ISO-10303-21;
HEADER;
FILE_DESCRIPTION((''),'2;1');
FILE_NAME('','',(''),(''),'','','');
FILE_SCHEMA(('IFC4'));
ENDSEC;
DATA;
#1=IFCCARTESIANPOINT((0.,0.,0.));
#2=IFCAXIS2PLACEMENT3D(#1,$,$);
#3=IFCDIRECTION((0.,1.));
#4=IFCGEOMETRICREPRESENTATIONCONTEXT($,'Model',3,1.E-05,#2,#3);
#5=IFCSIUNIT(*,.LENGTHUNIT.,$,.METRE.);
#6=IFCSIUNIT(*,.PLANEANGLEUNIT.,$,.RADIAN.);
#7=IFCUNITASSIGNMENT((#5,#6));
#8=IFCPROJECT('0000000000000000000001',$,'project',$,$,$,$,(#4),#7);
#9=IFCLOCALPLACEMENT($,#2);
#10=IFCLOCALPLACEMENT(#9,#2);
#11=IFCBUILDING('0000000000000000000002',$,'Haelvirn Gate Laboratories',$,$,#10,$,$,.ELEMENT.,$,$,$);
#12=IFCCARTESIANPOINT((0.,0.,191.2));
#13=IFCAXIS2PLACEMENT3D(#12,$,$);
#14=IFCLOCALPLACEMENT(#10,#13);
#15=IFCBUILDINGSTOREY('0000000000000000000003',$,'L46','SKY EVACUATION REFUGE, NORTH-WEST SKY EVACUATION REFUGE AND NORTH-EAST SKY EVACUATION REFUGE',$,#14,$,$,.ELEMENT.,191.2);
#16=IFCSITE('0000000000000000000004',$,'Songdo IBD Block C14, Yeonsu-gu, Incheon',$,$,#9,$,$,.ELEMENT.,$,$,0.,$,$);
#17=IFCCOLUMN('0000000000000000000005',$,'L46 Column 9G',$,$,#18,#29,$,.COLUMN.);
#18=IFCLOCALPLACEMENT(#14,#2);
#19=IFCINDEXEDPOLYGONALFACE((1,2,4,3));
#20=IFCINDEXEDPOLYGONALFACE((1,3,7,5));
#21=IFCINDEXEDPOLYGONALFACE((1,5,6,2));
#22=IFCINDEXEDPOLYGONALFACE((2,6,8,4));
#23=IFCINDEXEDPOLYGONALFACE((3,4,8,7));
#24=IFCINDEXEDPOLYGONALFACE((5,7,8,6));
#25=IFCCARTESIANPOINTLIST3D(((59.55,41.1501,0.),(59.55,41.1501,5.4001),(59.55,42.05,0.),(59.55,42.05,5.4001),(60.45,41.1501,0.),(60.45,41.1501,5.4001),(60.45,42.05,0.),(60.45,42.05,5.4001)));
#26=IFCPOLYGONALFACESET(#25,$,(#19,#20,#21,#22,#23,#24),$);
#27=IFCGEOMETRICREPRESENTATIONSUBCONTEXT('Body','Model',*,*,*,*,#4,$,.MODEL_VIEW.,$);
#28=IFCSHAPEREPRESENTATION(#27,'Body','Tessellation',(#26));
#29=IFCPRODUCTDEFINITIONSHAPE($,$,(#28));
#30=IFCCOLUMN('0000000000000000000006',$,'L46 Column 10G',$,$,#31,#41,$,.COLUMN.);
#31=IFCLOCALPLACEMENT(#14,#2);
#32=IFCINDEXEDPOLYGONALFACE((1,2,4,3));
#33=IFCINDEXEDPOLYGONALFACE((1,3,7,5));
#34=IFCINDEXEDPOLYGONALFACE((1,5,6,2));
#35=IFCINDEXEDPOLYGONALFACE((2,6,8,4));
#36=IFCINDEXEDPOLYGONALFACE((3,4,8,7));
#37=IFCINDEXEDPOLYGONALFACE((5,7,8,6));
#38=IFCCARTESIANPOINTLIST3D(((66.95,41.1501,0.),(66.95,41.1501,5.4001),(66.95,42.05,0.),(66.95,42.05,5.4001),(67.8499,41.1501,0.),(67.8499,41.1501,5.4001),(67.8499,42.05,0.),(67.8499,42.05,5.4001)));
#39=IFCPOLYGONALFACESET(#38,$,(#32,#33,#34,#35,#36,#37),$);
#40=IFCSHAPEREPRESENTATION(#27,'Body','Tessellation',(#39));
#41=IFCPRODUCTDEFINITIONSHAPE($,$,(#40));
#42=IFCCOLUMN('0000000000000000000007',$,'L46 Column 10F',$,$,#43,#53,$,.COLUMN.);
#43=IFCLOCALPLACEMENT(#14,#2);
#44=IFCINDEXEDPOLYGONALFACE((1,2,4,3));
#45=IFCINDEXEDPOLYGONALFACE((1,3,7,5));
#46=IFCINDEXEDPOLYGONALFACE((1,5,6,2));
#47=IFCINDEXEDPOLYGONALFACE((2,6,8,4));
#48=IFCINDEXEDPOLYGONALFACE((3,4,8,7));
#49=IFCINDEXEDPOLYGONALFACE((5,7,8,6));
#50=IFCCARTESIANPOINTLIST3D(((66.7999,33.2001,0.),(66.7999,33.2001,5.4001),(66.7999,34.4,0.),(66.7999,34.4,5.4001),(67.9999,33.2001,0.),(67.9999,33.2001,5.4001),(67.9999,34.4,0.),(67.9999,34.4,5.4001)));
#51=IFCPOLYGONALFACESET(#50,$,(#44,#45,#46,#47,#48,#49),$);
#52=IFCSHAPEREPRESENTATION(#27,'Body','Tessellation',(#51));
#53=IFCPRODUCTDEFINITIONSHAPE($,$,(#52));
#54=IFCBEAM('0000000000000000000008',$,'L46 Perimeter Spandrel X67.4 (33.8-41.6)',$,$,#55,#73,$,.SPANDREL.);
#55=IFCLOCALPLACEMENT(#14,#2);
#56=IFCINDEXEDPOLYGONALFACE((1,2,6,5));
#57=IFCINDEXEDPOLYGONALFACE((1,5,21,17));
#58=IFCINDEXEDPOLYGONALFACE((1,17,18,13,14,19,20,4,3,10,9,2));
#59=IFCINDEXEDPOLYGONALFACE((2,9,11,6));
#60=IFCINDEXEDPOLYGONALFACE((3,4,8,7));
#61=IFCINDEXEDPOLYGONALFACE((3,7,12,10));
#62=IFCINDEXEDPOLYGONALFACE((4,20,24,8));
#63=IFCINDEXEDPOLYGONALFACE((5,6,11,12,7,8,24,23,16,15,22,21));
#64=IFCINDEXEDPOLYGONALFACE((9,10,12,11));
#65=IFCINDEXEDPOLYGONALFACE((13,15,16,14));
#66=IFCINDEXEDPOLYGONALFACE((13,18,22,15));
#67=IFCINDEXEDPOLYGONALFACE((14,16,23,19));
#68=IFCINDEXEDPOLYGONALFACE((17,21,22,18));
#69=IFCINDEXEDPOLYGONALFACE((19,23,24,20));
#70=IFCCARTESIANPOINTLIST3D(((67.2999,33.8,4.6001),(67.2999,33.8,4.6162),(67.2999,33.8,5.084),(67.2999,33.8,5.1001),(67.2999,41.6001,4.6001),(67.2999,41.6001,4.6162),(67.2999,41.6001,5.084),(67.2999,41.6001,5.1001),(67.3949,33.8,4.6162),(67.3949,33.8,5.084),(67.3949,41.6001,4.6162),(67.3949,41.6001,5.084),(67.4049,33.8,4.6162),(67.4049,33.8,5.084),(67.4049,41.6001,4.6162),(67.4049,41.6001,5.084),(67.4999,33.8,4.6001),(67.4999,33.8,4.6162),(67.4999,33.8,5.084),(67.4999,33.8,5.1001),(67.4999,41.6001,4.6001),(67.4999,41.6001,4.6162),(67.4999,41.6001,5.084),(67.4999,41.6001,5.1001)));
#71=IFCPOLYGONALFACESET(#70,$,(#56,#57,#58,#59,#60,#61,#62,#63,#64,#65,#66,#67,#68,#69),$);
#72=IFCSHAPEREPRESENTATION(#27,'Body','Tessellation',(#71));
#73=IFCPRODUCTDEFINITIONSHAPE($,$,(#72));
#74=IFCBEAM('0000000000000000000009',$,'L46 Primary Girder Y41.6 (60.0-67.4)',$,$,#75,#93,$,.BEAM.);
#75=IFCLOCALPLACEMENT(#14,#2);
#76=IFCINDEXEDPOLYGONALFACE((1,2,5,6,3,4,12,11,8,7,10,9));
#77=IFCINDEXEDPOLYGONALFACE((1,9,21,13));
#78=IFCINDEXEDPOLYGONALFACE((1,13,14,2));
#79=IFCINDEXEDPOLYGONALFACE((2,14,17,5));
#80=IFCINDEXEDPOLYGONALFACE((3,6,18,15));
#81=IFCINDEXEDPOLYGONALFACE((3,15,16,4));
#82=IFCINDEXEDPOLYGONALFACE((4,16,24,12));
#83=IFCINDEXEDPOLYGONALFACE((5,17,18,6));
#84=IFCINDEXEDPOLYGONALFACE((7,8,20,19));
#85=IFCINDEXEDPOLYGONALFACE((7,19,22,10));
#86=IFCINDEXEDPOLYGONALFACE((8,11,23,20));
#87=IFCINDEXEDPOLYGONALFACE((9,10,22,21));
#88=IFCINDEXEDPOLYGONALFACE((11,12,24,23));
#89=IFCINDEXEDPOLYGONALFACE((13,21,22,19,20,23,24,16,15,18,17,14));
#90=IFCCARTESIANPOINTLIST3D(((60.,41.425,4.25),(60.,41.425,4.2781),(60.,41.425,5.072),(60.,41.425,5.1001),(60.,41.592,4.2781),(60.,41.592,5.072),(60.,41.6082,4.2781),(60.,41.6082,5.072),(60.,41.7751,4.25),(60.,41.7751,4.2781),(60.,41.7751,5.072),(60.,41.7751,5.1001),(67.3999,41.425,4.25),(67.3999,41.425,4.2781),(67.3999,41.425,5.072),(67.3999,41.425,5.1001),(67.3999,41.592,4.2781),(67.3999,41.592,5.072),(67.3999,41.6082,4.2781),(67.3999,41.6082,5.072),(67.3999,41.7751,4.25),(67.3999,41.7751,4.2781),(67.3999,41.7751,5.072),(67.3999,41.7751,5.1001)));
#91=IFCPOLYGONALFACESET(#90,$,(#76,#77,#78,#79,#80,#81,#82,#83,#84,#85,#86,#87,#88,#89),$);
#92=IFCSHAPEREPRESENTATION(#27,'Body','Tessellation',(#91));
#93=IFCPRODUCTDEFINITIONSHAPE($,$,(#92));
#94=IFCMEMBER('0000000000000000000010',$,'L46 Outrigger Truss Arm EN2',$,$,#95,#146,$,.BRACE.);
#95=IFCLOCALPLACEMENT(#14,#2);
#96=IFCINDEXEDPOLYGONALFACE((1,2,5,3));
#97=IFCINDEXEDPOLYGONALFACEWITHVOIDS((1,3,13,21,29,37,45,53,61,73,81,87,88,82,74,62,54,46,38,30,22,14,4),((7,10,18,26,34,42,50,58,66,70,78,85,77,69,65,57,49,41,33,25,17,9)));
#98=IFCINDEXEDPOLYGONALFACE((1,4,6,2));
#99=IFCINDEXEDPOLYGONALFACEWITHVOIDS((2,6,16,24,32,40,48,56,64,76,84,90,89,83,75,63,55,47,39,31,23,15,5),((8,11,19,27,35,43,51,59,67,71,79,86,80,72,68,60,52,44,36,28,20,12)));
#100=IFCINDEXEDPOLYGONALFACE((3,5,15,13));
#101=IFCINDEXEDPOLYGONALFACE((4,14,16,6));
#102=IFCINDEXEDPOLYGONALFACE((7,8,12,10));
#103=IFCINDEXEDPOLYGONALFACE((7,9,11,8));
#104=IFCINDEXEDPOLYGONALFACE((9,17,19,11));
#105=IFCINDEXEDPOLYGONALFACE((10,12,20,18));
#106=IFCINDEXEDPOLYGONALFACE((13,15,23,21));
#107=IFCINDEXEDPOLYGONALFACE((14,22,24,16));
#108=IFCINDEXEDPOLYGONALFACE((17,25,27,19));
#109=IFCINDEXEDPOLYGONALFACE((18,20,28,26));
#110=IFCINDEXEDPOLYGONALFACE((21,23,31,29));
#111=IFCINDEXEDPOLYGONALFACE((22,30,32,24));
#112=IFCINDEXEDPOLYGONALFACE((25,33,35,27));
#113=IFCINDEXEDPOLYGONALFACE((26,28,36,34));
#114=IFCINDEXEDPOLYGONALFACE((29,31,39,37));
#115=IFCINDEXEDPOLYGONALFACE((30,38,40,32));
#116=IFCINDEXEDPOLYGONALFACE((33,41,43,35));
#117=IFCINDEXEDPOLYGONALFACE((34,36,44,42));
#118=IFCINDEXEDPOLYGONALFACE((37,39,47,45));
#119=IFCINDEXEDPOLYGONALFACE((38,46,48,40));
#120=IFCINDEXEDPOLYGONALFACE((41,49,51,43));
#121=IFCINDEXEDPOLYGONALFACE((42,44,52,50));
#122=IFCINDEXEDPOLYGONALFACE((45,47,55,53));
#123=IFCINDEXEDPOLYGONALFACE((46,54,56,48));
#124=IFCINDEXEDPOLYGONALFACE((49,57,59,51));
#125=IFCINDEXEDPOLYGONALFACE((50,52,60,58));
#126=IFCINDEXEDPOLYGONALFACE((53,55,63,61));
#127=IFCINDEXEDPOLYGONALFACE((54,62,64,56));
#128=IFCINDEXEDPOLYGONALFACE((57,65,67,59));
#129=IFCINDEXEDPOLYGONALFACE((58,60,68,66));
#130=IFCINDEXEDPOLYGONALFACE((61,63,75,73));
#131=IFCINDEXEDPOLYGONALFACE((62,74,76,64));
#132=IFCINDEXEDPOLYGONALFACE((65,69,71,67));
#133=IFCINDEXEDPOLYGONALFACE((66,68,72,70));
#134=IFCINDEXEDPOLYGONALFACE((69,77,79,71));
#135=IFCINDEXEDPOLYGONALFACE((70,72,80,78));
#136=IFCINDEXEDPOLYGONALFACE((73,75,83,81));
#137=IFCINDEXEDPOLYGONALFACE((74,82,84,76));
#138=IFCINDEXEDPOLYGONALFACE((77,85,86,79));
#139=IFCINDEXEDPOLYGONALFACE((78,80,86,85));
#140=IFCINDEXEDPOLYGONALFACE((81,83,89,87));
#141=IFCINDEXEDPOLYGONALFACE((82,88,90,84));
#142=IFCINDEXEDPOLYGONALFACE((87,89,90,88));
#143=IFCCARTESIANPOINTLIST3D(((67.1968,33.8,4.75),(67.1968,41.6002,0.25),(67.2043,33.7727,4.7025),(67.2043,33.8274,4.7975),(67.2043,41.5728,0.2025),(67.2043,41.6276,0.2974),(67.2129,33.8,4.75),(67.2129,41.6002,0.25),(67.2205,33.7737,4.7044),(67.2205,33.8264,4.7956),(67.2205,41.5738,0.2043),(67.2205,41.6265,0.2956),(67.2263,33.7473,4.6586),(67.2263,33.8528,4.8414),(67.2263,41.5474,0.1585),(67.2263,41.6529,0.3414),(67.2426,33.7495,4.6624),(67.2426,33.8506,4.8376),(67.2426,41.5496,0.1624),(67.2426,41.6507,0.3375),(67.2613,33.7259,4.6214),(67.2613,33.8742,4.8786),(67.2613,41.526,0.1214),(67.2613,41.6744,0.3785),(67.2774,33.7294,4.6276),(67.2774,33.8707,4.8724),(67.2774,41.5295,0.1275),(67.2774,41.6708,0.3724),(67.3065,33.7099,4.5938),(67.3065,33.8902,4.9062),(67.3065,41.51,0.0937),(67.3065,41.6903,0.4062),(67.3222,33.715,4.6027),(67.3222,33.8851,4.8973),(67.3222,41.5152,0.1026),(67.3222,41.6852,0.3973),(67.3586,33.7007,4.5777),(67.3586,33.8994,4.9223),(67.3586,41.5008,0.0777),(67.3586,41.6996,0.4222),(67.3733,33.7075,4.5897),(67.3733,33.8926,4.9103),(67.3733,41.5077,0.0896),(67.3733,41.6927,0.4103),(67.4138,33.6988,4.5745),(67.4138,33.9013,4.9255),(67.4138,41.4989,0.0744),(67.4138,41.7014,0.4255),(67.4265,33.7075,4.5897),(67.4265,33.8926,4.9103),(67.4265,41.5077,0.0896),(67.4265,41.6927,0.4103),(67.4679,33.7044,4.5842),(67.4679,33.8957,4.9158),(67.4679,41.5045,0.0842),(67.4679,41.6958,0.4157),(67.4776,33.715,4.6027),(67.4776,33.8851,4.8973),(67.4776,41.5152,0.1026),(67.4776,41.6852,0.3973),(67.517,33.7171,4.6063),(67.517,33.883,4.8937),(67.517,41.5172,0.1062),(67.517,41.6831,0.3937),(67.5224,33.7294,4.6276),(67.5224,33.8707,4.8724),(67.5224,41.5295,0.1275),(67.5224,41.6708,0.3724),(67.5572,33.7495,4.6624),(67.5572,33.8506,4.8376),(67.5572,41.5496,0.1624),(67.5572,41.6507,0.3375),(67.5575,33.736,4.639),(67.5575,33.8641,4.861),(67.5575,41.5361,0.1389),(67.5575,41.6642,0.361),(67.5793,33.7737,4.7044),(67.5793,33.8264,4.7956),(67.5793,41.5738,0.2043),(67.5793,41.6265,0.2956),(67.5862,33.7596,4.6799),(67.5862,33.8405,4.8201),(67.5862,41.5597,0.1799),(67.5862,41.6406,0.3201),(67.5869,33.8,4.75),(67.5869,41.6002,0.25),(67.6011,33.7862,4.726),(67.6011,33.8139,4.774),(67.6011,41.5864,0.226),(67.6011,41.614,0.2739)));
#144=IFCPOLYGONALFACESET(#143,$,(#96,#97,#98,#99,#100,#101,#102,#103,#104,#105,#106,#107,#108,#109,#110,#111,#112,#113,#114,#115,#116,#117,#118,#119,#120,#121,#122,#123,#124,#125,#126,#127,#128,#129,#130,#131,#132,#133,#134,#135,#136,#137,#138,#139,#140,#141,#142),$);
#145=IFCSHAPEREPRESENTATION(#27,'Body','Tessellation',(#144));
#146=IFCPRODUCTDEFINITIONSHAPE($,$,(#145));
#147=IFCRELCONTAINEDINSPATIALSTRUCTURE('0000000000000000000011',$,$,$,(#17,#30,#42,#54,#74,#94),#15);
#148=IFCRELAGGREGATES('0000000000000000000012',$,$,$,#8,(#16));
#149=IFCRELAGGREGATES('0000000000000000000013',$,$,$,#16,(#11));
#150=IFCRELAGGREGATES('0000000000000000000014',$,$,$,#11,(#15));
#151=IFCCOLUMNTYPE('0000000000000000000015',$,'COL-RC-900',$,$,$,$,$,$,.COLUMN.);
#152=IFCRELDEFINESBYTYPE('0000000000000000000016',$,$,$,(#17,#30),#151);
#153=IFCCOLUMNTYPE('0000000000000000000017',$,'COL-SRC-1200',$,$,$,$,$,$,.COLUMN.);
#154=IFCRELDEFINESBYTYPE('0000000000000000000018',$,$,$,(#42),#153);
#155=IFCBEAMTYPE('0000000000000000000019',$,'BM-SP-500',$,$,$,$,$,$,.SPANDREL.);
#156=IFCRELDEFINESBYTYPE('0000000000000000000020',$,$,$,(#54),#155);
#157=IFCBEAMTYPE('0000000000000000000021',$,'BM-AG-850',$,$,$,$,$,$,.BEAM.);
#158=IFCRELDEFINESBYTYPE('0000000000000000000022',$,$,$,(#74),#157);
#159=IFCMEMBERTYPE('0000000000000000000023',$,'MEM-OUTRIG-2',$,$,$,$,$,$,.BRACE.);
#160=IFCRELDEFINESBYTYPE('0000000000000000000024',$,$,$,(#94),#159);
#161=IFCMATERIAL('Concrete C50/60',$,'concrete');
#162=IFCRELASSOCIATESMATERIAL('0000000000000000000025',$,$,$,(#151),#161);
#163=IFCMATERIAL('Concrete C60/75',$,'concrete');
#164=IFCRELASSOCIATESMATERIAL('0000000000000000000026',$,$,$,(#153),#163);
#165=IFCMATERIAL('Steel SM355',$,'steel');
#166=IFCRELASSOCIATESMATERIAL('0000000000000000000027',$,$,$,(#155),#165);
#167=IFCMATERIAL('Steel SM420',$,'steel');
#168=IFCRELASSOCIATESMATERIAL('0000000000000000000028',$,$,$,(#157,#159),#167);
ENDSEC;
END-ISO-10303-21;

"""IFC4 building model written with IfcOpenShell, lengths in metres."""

from ifc_helpers import new_model, si_unit, direction, frame, origin, origin_2d, place, context, subcontext, project, spatial, rectangle, hollow_circle, i_section, extrude, source, transform, mapped, material, material_profile, profile_set, type_object, type_shapes, element, save


model = new_model("IFC4")

# Units and contexts
model_context = context("Model", 3, precision=1e-05, world=origin(), true_north=direction((0.0, 1.0)))
body_context = subcontext(model_context, "Body", "Model", "MODEL_VIEW")
ifc_project = project(units=[si_unit("LENGTHUNIT", "METRE"), si_unit("PLANEANGLEUNIT", "RADIAN")], contexts=[model_context])

# Site, building, storey
site_placement = place(None, origin())
site = spatial("IfcSite", under=ifc_project, at=site_placement, Name="Songdo IBD Block C14, Yeonsu-gu, Incheon", CompositionType="ELEMENT", RefElevation=0.0)
building_placement = place(site_placement, origin())
building = spatial("IfcBuilding", under=site, at=building_placement, Name="Haelvirn Gate Laboratories", CompositionType="ELEMENT")
storey_placement = place(building_placement, frame((0.0, 0.0, 191.2)))
storey = spatial("IfcBuildingStorey", under=building, at=storey_placement, Name="L46", Description="SKY EVACUATION REFUGE, NORTH-WEST SKY EVACUATION REFUGE AND NORTH-EAST SKY EVACUATION REFUGE", CompositionType="ELEMENT", Elevation=191.2)

# Columns
ifc_material_1 = material(Name="Concrete C50/60", Category="concrete")
ifc_material_profile_1 = material_profile(ifc_material_1, rectangle(XDim=0.8999, YDim=0.8999, at=origin_2d()), Name="RC-900x900")
ifc_profile_set_1 = profile_set([ifc_material_profile_1], Name="Concrete C50/60")
column_type_1 = type_object("IfcColumnType", Name="COL-RC-900", PredefinedType="COLUMN", material=ifc_profile_set_1)
shared_shape_1 = source(origin(), body_context, "Body", "SweptSolid", [
    extrude(rectangle(XDim=0.8999, YDim=0.8999, at=origin_2d()), origin(), (0.0, 0.0, 1.0), 5.4001),
])
type_shapes(column_type_1, [shared_shape_1])
for number, where, z_axis, x_axis, name in (
    (1, (60.0, 41.6001, 0.0), (0.0, 0.0, 1.0), (1.0, 0.0, 0.0), "L46 Column 9G"),
    (2, (67.3999, 41.6001, 0.0), (0.0, 0.0, 1.0), (1.0, 0.0, 0.0), "L46 Column 10G"),
):
    element("IfcColumn", number, at=place(storey_placement, frame(where, z_axis=z_axis, x_axis=x_axis)), inside=storey, type_object=column_type_1, Name=name, PredefinedType="COLUMN", context=body_context, shape_type="MappedRepresentation", body=[
        mapped(shared_shape_1, transform((0.0, 0.0, 0.0), scale=1.0)),
    ])
ifc_material_2 = material(Name="Concrete C60/75", Category="concrete")
ifc_material_profile_2 = material_profile(ifc_material_2, rectangle(XDim=1.2, YDim=1.2, at=origin_2d()), Name="SRC-1200x1200")
ifc_profile_set_2 = profile_set([ifc_material_profile_2], Name="Concrete C60/75")
column_type_2 = type_object("IfcColumnType", Name="COL-SRC-1200", PredefinedType="COLUMN", material=ifc_profile_set_2)
shared_shape_2 = source(origin(), body_context, "Body", "SweptSolid", [
    extrude(rectangle(XDim=1.2, YDim=1.2, at=origin_2d()), origin(), (0.0, 0.0, 1.0), 5.4001),
])
type_shapes(column_type_2, [shared_shape_2])
column_placement = place(storey_placement, frame((67.3999, 33.8, 0.0), z_axis=(0.0, 0.0, 1.0), x_axis=(1.0, 0.0, 0.0)))
element("IfcColumn", 3, at=column_placement, inside=storey, type_object=column_type_2, Name="L46 Column 10F", PredefinedType="COLUMN", context=body_context, shape_type="MappedRepresentation", body=[
    mapped(shared_shape_2, transform((0.0, 0.0, 0.0), scale=1.0)),
])

# Beams
ifc_material_3 = material(Name="Steel SM355", Category="steel")
ifc_material_profile_3 = material_profile(ifc_material_3, i_section(OverallWidth=0.2, OverallDepth=0.5, WebThickness=0.01, FlangeThickness=0.0161, at=origin_2d()), Name="H-500x200x10x16")
ifc_profile_set_3 = profile_set([ifc_material_profile_3], Name="Steel SM355")
beam_type_1 = type_object("IfcBeamType", Name="BM-SP-500", PredefinedType="SPANDREL", material=ifc_profile_set_3)
shared_shape_3 = source(origin(), body_context, "Body", "SweptSolid", [
    extrude(i_section(OverallWidth=0.2, OverallDepth=0.5, WebThickness=0.01, FlangeThickness=0.0161, at=origin_2d()), origin(), (0.0, 0.0, 1.0), 7.8),
])
type_shapes(beam_type_1, [shared_shape_3])
beam_1_placement = place(storey_placement, frame((67.3999, 33.8, 4.8501), z_axis=(0.0, 1.0, 0.0), x_axis=(-1.0, 0.0, 0.0)))
element("IfcBeam", 4, at=beam_1_placement, inside=storey, type_object=beam_type_1, Name="L46 Perimeter Spandrel X67.4 (33.8-41.6)", PredefinedType="SPANDREL", context=body_context, shape_type="MappedRepresentation", body=[
    mapped(shared_shape_3, transform((0.0, 0.0, 0.0), scale=1.0)),
])
ifc_material_4 = material(Name="Steel SM420", Category="steel")
ifc_material_profile_4 = material_profile(ifc_material_4, i_section(OverallWidth=0.3501, OverallDepth=0.8501, WebThickness=0.0161, FlangeThickness=0.0281, at=origin_2d()), Name="H-850x350x16x28")
ifc_profile_set_4 = profile_set([ifc_material_profile_4], Name="Steel SM420")
beam_type_2 = type_object("IfcBeamType", Name="BM-AG-850", PredefinedType="BEAM", material=ifc_profile_set_4)
shared_shape_4 = source(origin(), body_context, "Body", "SweptSolid", [
    extrude(i_section(OverallWidth=0.3501, OverallDepth=0.8501, WebThickness=0.0161, FlangeThickness=0.0281, at=origin_2d()), origin(), (0.0, 0.0, 1.0), 7.3999),
])
type_shapes(beam_type_2, [shared_shape_4])
beam_2_placement = place(storey_placement, frame((60.0, 41.6001, 4.675), z_axis=(1.0, 0.0, 0.0), x_axis=(0.0, 1.0, 0.0)))
element("IfcBeam", 5, at=beam_2_placement, inside=storey, type_object=beam_type_2, Name="L46 Primary Girder Y41.6 (60.0-67.4)", PredefinedType="BEAM", context=body_context, shape_type="MappedRepresentation", body=[
    mapped(shared_shape_4, transform((0.0, 0.0, 0.0), scale=1.0)),
])

# Member
ifc_material_profile_5 = material_profile(ifc_material_4, hollow_circle(Radius=0.2031, WallThickness=0.0161, at=origin_2d()), Name="CHS-406x16")
ifc_profile_set_5 = profile_set([ifc_material_profile_5], Name="Steel SM420")
member_type_1 = type_object("IfcMemberType", Name="MEM-OUTRIG-2", PredefinedType="BRACE", material=ifc_profile_set_5)
shared_shape_5 = source(origin(), body_context, "Body", "SweptSolid", [
    extrude(hollow_circle(Radius=0.2031, WallThickness=0.0161, at=origin_2d()), origin(), (0.0, 0.0, 1.0), 9.0051),
])
type_shapes(member_type_1, [shared_shape_5])
member_1_placement = place(storey_placement, frame((67.3999, 33.8, 4.75), z_axis=(0.0, 0.866187, -0.49972), x_axis=(-1.0, 0.0, 0.0)))
element("IfcMember", 6, at=member_1_placement, inside=storey, type_object=member_type_1, Name="L46 Outrigger Truss Arm EN2", PredefinedType="BRACE", context=body_context, shape_type="MappedRepresentation", body=[
    mapped(shared_shape_5, transform((0.0, 0.0, 0.0), scale=1.0)),
])

save(model, "model.ifc")
